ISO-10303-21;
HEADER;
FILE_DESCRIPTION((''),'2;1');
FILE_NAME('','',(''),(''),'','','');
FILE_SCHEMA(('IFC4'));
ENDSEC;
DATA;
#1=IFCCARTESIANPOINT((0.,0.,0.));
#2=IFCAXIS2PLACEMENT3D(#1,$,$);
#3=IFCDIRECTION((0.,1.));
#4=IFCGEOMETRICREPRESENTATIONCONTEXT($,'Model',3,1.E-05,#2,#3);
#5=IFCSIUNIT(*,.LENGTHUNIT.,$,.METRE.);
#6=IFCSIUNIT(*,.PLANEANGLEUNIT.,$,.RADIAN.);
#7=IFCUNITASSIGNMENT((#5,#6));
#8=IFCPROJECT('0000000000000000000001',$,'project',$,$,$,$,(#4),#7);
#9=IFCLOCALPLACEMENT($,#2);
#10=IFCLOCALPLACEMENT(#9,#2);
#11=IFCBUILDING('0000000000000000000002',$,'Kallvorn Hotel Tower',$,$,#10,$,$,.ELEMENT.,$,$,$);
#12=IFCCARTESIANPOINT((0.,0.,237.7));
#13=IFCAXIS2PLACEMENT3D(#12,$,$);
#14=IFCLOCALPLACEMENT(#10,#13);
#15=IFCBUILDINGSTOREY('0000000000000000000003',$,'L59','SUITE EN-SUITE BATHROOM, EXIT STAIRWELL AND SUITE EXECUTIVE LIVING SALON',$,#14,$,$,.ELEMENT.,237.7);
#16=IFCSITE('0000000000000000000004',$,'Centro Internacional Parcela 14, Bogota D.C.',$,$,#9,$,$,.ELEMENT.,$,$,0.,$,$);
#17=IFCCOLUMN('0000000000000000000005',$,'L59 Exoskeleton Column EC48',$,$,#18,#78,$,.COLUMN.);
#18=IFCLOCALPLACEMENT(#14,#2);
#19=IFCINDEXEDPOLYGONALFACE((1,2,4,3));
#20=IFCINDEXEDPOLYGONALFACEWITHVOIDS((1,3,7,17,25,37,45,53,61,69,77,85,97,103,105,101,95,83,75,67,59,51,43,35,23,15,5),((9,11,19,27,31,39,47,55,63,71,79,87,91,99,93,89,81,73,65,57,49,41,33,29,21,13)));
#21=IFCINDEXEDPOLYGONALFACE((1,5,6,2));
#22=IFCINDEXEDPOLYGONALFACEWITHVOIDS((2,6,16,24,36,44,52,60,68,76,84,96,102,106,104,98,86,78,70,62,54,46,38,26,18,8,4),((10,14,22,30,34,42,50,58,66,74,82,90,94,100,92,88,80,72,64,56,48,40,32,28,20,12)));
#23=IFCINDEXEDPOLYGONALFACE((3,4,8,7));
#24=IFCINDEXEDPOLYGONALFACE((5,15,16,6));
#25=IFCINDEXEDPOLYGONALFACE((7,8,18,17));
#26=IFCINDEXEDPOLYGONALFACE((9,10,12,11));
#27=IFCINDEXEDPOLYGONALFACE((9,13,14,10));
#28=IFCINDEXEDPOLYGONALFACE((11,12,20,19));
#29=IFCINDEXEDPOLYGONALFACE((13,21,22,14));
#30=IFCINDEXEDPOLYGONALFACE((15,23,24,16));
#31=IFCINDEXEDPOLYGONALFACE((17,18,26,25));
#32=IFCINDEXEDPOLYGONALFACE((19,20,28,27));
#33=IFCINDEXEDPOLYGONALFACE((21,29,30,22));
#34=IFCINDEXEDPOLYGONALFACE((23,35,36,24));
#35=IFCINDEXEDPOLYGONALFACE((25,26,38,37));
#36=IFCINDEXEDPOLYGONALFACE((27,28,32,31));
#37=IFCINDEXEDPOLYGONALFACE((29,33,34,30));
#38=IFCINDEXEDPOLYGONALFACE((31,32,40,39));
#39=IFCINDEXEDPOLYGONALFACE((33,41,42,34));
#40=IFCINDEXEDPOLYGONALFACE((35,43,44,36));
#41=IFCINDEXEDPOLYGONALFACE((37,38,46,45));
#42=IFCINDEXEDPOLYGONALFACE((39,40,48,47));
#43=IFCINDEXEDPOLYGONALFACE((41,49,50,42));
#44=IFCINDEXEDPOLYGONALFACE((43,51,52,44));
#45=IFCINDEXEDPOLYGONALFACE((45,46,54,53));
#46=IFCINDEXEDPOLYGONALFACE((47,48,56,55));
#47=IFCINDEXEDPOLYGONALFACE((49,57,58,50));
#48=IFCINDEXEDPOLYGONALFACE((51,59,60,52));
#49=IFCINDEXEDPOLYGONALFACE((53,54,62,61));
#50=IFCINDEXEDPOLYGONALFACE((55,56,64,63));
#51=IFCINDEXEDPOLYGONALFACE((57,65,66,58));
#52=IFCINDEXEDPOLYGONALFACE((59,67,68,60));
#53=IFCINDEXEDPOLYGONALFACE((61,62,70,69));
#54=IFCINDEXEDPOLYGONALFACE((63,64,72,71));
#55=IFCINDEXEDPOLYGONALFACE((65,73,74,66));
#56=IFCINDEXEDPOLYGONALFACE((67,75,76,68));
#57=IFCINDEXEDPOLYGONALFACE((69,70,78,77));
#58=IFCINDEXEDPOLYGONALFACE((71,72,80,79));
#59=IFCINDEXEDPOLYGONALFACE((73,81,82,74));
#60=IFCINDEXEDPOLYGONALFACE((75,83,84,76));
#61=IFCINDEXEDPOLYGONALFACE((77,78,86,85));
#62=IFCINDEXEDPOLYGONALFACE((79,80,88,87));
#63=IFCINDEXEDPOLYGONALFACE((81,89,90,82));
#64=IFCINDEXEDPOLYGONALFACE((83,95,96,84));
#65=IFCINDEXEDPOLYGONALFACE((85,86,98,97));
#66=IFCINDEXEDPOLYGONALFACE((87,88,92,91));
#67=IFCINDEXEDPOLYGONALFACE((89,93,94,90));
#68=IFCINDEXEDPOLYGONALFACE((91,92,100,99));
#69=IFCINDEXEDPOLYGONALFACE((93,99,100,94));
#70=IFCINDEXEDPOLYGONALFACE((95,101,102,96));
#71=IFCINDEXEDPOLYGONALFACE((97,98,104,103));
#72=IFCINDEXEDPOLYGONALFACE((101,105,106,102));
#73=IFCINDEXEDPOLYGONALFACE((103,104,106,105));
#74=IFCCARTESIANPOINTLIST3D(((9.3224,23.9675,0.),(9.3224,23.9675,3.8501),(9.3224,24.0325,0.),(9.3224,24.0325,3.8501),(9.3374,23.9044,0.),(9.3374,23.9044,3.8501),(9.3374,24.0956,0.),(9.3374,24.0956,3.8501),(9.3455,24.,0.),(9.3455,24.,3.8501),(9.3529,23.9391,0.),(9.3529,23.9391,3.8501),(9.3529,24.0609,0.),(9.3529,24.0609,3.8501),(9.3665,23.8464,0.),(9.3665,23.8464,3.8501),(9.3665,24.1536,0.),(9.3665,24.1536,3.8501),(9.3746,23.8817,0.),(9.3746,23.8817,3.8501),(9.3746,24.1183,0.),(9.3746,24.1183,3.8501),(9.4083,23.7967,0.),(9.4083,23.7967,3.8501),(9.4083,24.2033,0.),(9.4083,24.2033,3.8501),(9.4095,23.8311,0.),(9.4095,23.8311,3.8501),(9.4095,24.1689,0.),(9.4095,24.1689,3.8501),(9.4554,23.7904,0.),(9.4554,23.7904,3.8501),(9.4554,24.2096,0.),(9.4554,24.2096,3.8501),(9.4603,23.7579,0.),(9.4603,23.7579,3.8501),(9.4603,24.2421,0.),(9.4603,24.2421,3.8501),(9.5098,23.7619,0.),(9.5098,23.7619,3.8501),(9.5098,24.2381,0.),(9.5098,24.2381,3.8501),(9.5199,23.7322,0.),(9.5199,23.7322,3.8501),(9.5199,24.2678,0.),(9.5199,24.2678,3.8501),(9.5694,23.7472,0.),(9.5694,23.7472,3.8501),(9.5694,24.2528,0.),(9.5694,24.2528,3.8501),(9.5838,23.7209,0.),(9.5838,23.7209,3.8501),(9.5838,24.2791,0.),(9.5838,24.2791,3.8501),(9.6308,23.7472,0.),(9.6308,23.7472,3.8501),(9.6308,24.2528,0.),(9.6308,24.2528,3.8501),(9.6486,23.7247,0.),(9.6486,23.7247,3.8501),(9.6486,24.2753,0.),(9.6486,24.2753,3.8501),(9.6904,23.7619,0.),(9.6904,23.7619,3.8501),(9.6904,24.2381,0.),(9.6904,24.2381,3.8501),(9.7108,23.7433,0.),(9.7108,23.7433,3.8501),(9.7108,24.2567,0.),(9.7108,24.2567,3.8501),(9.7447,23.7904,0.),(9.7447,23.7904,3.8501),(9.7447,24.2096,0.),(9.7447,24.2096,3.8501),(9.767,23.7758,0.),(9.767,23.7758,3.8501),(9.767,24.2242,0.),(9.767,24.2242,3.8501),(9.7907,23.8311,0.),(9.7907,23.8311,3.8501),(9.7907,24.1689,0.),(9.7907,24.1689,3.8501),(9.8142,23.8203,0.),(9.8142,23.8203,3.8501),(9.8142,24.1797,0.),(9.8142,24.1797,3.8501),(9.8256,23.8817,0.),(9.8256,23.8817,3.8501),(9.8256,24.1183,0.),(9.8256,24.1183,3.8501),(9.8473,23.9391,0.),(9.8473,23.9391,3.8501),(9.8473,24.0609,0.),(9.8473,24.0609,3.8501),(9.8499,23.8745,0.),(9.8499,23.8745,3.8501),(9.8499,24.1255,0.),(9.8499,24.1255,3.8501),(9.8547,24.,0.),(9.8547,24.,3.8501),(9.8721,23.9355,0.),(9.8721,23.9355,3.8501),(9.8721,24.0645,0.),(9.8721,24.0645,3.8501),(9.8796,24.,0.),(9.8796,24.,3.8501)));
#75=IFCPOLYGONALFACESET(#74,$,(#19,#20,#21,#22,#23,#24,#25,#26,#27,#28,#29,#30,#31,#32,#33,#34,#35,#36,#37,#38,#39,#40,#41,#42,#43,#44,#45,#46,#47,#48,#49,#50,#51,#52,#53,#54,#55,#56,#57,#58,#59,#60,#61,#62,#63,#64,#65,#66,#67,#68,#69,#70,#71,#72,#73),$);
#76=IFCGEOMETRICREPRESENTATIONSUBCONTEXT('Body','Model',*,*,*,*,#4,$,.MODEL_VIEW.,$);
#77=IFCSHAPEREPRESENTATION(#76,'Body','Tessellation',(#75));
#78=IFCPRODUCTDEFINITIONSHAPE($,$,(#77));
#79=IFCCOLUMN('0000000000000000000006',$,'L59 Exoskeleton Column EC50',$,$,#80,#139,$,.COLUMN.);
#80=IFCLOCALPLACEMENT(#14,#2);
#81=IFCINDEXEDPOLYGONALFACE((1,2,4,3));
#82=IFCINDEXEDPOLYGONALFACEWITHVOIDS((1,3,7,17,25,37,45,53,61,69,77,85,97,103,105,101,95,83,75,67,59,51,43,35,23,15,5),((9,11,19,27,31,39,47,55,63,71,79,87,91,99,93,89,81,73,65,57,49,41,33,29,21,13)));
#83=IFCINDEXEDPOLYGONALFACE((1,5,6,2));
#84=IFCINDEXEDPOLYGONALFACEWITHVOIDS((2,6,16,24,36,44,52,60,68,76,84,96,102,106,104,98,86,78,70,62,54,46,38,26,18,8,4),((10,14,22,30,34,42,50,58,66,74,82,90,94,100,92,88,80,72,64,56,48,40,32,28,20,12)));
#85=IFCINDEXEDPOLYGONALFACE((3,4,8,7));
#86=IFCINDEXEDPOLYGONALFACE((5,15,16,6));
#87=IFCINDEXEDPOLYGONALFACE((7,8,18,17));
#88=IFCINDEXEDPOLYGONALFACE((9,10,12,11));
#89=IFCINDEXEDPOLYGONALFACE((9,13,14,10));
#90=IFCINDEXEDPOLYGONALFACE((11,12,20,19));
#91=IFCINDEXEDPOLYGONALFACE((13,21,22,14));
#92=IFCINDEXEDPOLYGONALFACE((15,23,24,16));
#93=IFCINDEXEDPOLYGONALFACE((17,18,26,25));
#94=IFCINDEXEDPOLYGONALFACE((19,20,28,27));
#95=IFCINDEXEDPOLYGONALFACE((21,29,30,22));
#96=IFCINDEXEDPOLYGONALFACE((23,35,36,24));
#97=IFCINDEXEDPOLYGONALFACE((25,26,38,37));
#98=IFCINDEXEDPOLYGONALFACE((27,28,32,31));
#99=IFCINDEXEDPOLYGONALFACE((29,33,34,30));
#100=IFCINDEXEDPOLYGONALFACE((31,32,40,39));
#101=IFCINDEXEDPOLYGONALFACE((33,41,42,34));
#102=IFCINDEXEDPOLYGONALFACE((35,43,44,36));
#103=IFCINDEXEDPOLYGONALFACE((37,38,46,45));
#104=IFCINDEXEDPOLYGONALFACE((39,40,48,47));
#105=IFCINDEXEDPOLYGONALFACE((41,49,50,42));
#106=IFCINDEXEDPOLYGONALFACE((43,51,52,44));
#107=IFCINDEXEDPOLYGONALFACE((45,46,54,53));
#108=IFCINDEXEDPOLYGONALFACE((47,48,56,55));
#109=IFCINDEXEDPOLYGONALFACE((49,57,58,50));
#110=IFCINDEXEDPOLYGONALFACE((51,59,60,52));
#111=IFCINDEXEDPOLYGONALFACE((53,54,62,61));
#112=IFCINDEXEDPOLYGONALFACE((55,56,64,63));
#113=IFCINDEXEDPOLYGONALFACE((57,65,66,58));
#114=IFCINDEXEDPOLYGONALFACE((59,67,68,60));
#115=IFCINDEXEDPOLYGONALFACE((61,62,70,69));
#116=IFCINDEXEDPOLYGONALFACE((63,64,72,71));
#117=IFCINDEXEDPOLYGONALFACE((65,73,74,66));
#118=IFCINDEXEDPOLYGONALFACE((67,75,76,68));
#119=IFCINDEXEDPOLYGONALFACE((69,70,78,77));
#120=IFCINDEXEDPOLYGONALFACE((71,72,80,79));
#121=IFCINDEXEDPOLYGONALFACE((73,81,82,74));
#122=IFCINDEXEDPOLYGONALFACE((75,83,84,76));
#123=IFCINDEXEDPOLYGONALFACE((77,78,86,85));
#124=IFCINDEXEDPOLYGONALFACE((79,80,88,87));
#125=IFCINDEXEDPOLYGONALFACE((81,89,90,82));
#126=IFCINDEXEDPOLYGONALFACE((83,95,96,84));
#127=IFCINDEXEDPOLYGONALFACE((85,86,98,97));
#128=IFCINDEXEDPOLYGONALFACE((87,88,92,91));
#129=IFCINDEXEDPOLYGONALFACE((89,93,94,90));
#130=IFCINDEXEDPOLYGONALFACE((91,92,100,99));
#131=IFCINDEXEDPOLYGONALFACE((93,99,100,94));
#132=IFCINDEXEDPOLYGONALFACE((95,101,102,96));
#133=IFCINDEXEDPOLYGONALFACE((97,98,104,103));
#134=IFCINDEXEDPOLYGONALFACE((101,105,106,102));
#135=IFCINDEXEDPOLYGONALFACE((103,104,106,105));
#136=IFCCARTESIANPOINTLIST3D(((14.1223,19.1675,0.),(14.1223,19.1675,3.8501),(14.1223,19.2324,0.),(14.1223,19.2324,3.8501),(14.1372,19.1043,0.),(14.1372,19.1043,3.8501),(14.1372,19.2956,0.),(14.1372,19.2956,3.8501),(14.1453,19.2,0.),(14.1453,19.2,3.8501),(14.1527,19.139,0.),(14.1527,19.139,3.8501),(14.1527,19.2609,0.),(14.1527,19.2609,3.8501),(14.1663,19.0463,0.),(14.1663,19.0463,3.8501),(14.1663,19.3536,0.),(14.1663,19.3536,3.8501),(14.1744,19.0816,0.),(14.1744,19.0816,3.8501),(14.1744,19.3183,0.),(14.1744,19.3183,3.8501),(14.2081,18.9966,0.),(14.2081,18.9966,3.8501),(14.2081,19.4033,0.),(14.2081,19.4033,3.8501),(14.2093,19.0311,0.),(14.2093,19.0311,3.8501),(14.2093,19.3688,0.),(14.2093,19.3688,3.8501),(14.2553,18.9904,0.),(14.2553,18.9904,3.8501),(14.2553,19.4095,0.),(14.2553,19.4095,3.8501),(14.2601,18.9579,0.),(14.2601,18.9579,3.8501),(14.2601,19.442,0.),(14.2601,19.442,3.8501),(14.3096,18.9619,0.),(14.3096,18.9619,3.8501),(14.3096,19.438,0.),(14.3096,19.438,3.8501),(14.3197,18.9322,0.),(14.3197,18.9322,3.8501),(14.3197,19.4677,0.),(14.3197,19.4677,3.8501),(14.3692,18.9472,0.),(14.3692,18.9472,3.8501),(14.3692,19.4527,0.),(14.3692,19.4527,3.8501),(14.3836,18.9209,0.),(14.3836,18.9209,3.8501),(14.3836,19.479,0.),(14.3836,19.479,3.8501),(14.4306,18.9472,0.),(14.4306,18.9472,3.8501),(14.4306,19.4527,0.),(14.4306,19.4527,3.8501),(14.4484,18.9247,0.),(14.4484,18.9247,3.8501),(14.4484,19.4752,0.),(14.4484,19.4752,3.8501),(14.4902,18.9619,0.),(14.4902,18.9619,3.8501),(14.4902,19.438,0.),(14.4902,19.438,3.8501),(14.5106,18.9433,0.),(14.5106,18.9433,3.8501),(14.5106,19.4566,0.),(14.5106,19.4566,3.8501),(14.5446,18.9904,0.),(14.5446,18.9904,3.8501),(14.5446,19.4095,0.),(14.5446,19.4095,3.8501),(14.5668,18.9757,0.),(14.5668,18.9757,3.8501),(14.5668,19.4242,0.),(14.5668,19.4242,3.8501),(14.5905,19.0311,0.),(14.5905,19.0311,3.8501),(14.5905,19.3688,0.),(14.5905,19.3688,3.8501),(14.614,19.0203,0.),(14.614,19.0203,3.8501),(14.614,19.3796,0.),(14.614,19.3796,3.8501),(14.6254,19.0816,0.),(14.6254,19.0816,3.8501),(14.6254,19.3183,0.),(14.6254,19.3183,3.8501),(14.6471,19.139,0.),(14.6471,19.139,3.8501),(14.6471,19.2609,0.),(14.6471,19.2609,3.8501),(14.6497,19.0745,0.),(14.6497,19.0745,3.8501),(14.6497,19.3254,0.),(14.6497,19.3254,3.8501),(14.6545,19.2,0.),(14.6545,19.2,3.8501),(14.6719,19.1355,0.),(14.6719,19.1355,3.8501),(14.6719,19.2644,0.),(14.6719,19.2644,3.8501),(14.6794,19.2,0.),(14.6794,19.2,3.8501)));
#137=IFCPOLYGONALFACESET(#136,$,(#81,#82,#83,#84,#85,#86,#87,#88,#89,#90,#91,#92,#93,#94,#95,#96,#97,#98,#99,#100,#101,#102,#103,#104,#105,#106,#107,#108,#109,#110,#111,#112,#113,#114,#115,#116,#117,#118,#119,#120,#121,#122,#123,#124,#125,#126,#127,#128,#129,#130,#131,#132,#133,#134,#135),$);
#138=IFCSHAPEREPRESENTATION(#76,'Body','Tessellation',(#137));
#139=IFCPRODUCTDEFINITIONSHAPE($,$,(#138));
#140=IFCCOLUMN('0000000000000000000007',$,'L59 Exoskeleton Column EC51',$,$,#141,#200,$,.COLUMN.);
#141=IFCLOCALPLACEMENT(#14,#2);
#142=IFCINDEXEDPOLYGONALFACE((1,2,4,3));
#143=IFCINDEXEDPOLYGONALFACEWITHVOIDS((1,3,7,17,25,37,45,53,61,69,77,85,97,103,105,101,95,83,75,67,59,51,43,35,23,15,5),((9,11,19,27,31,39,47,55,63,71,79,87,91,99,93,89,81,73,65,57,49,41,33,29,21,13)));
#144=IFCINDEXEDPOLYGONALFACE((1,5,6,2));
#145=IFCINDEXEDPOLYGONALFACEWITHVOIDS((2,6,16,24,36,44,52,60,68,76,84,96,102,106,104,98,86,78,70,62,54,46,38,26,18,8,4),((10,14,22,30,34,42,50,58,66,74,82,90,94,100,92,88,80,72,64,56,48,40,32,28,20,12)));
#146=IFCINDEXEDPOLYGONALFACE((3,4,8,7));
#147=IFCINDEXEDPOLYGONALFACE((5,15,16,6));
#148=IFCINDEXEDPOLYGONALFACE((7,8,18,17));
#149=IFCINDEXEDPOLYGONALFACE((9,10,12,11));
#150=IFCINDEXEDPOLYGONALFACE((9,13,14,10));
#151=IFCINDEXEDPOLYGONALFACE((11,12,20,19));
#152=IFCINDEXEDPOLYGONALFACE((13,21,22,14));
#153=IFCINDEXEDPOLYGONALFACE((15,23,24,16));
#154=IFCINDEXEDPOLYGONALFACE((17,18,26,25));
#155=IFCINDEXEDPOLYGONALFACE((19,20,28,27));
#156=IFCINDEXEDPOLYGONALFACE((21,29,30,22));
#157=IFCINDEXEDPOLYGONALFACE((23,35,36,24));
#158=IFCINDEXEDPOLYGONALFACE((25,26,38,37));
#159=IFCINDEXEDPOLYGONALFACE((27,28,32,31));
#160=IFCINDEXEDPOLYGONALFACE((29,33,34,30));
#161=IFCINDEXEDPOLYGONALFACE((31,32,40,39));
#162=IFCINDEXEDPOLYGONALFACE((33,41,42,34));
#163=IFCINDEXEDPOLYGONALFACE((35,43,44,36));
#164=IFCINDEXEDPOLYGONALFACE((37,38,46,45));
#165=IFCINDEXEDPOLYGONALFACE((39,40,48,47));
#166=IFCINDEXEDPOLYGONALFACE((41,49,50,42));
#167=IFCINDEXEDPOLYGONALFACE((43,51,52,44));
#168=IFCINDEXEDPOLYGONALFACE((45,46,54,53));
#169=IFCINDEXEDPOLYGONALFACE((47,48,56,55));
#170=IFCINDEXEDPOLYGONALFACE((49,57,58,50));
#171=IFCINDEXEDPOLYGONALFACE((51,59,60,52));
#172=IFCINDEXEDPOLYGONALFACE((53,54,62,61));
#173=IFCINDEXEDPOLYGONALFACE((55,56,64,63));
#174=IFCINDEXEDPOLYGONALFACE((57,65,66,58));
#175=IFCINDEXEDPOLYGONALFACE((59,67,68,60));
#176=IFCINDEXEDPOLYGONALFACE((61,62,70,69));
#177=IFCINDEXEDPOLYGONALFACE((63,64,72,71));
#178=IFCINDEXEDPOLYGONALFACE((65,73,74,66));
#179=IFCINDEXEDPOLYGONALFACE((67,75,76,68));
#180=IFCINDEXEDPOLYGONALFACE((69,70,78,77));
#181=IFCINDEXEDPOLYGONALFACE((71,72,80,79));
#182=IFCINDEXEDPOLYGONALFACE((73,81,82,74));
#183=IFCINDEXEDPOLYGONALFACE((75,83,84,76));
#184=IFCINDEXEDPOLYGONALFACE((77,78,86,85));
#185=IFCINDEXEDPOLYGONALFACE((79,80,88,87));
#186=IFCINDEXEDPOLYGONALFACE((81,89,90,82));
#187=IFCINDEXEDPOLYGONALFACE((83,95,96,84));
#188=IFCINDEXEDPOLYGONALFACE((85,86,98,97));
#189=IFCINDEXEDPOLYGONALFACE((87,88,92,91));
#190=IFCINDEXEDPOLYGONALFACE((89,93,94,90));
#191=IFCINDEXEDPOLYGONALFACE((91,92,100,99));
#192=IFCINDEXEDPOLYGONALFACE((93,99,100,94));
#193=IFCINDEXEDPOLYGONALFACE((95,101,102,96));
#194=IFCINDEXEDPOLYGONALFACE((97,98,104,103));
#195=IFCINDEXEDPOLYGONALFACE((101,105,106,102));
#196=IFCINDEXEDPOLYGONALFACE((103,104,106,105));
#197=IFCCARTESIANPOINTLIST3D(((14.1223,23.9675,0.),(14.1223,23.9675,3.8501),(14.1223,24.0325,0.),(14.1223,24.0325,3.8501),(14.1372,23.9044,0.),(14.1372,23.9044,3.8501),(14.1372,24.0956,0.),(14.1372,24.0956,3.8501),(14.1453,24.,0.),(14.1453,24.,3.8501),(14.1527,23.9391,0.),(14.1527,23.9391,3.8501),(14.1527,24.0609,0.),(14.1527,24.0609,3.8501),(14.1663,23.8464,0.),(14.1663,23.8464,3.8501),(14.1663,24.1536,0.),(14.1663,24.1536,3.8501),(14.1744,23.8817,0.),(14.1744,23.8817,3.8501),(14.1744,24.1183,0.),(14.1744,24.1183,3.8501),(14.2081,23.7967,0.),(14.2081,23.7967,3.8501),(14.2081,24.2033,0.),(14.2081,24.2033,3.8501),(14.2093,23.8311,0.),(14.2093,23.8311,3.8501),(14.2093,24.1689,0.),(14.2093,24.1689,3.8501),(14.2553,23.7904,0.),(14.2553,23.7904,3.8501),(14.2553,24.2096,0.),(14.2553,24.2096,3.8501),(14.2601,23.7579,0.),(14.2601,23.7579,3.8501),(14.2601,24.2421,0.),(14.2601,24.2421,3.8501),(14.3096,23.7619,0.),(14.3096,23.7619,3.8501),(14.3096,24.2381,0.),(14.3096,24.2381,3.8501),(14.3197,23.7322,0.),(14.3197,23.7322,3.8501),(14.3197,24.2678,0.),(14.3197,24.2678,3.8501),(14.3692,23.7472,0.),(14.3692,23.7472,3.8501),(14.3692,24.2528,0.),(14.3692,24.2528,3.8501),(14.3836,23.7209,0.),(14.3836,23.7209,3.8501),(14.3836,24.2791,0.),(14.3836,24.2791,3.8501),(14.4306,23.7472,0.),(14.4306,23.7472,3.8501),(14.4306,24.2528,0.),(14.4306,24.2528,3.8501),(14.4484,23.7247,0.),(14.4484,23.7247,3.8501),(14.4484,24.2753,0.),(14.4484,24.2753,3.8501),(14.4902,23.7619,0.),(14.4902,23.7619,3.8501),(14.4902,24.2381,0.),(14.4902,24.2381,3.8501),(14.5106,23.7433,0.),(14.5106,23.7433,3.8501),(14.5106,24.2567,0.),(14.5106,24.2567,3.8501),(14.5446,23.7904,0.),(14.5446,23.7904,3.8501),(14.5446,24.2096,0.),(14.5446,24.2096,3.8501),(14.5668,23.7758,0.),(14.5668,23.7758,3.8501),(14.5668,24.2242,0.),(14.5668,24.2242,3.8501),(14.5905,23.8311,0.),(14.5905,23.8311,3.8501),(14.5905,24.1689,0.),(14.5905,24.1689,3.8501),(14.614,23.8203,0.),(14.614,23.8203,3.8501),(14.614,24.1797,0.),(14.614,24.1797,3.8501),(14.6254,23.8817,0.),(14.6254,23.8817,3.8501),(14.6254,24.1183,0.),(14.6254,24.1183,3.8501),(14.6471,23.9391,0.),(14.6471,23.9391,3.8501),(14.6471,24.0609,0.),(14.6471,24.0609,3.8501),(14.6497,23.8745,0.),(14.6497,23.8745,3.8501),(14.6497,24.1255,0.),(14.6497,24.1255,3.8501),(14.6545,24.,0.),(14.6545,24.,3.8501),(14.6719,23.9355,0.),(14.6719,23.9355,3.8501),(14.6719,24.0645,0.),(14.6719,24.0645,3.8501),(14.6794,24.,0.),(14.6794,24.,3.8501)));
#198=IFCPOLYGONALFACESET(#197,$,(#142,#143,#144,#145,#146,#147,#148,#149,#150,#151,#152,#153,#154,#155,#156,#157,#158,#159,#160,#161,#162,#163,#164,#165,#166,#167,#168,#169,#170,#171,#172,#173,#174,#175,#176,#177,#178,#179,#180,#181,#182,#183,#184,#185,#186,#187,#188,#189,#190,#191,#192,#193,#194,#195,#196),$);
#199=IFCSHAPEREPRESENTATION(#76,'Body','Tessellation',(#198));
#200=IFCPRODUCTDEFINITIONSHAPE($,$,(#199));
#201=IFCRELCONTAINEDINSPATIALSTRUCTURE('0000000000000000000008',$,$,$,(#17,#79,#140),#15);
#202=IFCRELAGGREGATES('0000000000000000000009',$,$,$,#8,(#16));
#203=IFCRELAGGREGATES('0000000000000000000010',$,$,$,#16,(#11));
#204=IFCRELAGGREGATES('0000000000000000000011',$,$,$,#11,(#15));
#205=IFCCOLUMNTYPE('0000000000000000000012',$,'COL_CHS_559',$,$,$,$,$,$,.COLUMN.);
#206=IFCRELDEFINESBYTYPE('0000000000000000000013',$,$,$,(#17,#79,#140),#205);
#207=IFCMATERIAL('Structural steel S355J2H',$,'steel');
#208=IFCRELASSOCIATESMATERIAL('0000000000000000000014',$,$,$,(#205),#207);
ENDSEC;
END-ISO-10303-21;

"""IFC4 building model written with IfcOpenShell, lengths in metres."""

from ifc_helpers import new_model, si_unit, direction, frame, origin, origin_2d, place, context, subcontext, project, spatial, hollow_circle, extrude, material, material_profile, profile_set, type_object, element, save


model = new_model("IFC4")

# Units and contexts
model_context = context("Model", 3, precision=1e-05, world=origin(), true_north=direction((0.0, 1.0)))
body_context = subcontext(model_context, "Body", "Model", "MODEL_VIEW")
ifc_project = project(units=[si_unit("LENGTHUNIT", "METRE"), si_unit("PLANEANGLEUNIT", "RADIAN")], contexts=[model_context])

# Site, building, storey
site_placement = place(None, origin())
site = spatial("IfcSite", under=ifc_project, at=site_placement, Name="Centro Internacional Parcela 14, Bogota D.C.", CompositionType="ELEMENT", RefElevation=0.0)
building_placement = place(site_placement, origin())
building = spatial("IfcBuilding", under=site, at=building_placement, Name="Kallvorn Hotel Tower", CompositionType="ELEMENT")
storey_placement = place(building_placement, frame((0.0, 0.0, 237.7)))
storey = spatial("IfcBuildingStorey", under=building, at=storey_placement, Name="L59", Description="SUITE EN-SUITE BATHROOM, EXIT STAIRWELL AND SUITE EXECUTIVE LIVING SALON", CompositionType="ELEMENT", Elevation=237.7)

# Columns
ifc_material_1 = material(Name="Structural steel S355J2H", Category="steel")
ifc_material_profile_1 = material_profile(ifc_material_1, hollow_circle(Radius=0.2795, WallThickness=0.0249, at=origin_2d()), Name="CHS 559x25")
ifc_profile_set_1 = profile_set([ifc_material_profile_1], Name="Structural steel S355J2H")
column_type_1 = type_object("IfcColumnType", Name="COL_CHS_559", PredefinedType="COLUMN", material=ifc_profile_set_1)
for number, where, z_axis, x_axis, name in (
    (1, (9.6001, 24.0, 0.0), (0.0, 0.0, 1.0), (1.0, 0.0, 0.0), "L59 Exoskeleton Column EC48"),
    (2, (14.3999, 19.2, 0.0), (0.0, 0.0, 1.0), (1.0, 0.0, 0.0), "L59 Exoskeleton Column EC50"),
    (3, (14.3999, 24.0, 0.0), (0.0, 0.0, 1.0), (1.0, 0.0, 0.0), "L59 Exoskeleton Column EC51"),
):
    element("IfcColumn", number, at=place(storey_placement, frame(where, z_axis=z_axis, x_axis=x_axis)), inside=storey, type_object=column_type_1, Name=name, PredefinedType="COLUMN", context=body_context, shape_type="SweptSolid", body=[
        extrude(hollow_circle(Radius=0.2795, WallThickness=0.0249, at=origin_2d()), origin(), (0.0, 0.0, 1.0), 3.8501),
    ])

save(model, "model.ifc")
